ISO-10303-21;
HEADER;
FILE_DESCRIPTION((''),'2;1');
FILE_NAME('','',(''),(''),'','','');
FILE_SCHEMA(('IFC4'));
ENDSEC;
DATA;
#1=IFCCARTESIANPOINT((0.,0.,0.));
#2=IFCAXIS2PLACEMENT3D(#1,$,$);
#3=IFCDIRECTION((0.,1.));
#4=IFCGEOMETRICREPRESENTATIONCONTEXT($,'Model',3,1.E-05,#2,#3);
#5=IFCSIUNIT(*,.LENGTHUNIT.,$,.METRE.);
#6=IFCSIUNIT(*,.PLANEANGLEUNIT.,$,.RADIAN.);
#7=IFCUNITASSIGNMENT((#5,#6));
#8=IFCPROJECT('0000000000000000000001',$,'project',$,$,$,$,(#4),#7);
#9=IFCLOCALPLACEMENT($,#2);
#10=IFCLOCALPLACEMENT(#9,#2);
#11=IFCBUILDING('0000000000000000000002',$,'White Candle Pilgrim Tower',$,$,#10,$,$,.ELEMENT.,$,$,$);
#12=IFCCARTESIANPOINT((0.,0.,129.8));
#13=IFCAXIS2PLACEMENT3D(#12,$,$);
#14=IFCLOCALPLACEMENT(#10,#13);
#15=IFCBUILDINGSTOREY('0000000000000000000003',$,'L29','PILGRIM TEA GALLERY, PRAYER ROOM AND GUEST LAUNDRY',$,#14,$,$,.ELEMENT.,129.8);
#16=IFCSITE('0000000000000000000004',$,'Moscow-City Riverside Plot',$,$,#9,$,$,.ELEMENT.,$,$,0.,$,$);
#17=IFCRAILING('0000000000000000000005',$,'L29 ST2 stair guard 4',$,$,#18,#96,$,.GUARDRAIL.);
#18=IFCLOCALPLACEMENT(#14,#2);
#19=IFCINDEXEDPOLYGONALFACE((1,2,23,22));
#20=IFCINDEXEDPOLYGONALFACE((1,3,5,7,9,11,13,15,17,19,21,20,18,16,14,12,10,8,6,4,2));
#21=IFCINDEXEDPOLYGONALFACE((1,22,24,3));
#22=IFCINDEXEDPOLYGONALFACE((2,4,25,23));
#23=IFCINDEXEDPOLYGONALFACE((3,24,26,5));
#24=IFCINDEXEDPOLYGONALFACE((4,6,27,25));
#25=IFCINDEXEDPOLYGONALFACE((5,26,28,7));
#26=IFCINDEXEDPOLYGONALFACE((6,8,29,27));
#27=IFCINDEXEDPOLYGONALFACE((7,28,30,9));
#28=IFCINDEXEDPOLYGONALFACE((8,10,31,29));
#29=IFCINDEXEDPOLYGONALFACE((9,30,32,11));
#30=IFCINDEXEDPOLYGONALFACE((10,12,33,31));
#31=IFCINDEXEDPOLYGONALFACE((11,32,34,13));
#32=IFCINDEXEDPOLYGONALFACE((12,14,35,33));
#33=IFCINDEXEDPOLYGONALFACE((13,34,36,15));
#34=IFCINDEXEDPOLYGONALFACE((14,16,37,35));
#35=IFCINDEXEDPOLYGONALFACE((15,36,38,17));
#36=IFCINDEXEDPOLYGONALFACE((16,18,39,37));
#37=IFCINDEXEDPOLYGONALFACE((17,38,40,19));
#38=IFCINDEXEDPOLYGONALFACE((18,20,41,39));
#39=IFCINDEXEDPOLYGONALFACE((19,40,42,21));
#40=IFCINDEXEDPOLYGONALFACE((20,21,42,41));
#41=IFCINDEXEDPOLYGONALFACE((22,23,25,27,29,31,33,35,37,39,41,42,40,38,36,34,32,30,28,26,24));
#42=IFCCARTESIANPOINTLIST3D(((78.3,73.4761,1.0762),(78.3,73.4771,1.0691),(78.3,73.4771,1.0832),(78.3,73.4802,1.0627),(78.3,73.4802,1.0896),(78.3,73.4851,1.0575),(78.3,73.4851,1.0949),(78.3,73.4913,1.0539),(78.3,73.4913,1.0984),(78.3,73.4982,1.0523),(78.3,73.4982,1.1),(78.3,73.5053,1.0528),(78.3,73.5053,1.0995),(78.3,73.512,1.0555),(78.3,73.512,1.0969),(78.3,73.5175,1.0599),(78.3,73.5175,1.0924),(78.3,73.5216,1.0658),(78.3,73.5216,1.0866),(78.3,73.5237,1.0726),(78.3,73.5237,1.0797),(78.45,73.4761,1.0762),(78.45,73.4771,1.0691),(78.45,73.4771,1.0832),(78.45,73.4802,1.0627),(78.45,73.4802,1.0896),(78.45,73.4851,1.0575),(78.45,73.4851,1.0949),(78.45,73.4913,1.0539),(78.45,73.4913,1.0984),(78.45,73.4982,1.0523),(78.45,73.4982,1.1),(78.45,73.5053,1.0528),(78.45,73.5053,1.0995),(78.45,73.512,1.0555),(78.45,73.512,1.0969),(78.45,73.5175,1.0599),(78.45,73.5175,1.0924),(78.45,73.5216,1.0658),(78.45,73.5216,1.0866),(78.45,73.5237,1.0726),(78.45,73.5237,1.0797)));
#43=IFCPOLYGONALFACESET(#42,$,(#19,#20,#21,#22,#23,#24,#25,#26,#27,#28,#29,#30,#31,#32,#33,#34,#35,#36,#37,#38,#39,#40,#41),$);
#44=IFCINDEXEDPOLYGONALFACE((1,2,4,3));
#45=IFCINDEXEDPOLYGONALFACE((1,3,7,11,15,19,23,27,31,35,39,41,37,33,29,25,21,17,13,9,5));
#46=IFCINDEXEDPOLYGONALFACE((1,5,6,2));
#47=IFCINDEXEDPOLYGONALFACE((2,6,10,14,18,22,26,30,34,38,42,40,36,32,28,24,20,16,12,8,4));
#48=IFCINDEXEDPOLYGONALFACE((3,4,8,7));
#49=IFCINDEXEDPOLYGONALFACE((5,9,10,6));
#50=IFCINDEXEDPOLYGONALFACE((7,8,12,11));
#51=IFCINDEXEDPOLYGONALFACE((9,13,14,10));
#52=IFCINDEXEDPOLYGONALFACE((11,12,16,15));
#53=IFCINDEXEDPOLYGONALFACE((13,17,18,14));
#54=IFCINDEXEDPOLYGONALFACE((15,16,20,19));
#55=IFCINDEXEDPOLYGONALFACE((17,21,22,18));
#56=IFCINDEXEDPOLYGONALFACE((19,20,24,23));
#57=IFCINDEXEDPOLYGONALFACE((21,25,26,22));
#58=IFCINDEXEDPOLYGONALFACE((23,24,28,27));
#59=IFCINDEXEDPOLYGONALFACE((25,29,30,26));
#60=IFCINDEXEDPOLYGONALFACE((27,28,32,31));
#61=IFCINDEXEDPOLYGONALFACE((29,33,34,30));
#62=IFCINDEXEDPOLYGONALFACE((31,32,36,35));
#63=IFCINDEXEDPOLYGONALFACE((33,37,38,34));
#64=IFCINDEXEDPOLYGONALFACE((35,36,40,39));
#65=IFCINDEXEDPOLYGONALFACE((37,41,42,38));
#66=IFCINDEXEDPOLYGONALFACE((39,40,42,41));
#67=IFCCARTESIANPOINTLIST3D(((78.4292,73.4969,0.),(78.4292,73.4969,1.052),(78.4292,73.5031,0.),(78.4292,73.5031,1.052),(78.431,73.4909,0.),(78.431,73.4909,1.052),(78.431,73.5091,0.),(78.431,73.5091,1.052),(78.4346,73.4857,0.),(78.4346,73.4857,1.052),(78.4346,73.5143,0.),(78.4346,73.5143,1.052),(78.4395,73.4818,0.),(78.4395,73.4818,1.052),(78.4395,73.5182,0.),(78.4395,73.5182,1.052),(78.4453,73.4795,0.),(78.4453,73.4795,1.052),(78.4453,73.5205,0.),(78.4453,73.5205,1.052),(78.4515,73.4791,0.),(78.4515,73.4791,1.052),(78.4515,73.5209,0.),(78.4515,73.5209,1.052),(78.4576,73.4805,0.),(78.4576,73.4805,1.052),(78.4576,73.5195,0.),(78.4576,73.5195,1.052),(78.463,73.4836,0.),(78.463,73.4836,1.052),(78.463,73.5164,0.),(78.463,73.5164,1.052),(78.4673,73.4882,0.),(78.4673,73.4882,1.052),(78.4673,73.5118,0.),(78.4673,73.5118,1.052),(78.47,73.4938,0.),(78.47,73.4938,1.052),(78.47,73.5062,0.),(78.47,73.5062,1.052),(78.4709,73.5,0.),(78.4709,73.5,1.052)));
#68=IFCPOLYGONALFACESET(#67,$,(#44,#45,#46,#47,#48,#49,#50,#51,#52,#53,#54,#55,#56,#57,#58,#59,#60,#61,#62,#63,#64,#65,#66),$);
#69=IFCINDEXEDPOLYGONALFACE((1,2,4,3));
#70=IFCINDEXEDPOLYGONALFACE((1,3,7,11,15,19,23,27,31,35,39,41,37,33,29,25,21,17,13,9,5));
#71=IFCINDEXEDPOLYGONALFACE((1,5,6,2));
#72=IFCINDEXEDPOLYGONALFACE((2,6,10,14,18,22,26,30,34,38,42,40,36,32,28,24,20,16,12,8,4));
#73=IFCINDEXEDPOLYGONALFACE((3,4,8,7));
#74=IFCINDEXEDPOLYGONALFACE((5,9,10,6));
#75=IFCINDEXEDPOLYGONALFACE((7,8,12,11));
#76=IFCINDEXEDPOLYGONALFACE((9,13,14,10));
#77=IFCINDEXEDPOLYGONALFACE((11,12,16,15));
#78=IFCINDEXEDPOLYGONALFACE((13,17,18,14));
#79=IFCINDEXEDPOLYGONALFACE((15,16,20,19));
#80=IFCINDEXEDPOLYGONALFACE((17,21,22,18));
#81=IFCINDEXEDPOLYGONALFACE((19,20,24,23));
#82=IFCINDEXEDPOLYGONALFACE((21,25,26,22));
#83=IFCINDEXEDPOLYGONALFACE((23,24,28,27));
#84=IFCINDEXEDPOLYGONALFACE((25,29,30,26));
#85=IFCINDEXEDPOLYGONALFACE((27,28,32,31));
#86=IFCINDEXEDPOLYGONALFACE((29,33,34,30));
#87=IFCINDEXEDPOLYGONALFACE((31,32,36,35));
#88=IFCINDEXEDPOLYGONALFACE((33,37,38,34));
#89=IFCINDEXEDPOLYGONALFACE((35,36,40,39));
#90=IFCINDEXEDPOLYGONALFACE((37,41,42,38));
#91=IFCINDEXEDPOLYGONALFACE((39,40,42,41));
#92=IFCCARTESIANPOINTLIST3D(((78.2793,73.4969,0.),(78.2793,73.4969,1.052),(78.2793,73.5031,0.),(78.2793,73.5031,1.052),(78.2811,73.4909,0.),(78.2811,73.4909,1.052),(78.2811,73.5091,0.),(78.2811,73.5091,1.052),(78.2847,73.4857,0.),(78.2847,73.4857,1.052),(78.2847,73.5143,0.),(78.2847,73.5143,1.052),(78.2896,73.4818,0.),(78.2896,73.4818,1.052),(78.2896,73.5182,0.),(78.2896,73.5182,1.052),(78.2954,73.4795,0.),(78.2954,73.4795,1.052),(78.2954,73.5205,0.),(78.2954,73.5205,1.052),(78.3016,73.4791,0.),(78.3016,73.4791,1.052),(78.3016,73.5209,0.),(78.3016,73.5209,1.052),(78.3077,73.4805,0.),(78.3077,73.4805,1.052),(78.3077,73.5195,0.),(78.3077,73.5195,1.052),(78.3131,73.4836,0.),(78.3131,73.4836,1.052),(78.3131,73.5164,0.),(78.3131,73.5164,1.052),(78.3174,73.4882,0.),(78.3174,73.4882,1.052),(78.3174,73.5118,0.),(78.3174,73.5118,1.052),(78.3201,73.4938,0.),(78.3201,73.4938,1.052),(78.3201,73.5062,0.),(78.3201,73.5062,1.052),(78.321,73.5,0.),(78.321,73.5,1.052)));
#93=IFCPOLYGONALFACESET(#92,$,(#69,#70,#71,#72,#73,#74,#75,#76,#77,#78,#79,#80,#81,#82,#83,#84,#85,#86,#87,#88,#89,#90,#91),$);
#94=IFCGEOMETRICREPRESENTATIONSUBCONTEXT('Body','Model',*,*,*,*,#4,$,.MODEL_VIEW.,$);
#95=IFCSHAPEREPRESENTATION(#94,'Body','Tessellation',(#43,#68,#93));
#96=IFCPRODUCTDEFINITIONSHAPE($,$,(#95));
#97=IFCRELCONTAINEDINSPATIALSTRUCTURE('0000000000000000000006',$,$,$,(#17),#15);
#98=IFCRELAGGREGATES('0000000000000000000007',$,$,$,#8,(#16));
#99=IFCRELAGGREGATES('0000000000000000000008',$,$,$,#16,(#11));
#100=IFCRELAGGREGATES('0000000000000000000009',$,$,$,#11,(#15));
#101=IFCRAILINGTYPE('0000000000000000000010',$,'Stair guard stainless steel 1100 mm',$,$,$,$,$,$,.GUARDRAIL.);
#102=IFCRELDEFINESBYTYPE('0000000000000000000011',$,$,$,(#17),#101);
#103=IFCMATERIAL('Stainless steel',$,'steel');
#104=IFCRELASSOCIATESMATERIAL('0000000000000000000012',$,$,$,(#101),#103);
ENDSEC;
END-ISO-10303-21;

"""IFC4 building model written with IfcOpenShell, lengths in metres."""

from ifc_helpers import new_model, si_unit, direction, frame, origin, origin_2d, place, context, subcontext, project, spatial, circle, extrude, material, type_object, element, save


model = new_model("IFC4")

# Units and contexts
model_context = context("Model", 3, precision=1e-05, world=origin(), true_north=direction((0.0, 1.0)))
body_context = subcontext(model_context, "Body", "Model", "MODEL_VIEW")
ifc_project = project(units=[si_unit("LENGTHUNIT", "METRE"), si_unit("PLANEANGLEUNIT", "RADIAN")], contexts=[model_context])

# Site, building, storey
site_placement = place(None, origin())
site = spatial("IfcSite", under=ifc_project, at=site_placement, Name="Moscow-City Riverside Plot", CompositionType="ELEMENT", RefElevation=0.0)
building_placement = place(site_placement, origin())
building = spatial("IfcBuilding", under=site, at=building_placement, Name="White Candle Pilgrim Tower", CompositionType="ELEMENT")
storey_placement = place(building_placement, frame((0.0, 0.0, 129.8)))
storey = spatial("IfcBuildingStorey", under=building, at=storey_placement, Name="L29", Description="PILGRIM TEA GALLERY, PRAYER ROOM AND GUEST LAUNDRY", CompositionType="ELEMENT", Elevation=129.8)

# Railing
ifc_material_1 = material(Name="Stainless steel", Category="steel")
railing_type_1 = type_object("IfcRailingType", Name="Stair guard stainless steel 1100 mm", PredefinedType="GUARDRAIL", material=ifc_material_1)
railing_1_placement = place(storey_placement, frame((78.45, 73.5, 0.0)))
element("IfcRailing", 1, at=railing_1_placement, inside=storey, type_object=railing_type_1, Name="L29 ST2 stair guard 4", PredefinedType="GUARDRAIL", context=body_context, shape_type="SweptSolid", body=[
    extrude(circle(Radius=0.0239, at=origin_2d()), frame((0.0, 0.0, 1.0762), z_axis=(-1.0, 0.0, 0.0), x_axis=(0.0, -1.0, 0.0)), (0.0, 0.0, 1.0), 0.1499),
    extrude(circle(Radius=0.021, at=origin_2d()), origin(), (0.0, 0.0, 1.0), 1.052),
    extrude(circle(Radius=0.021, at=origin_2d()), frame((-0.1499, 0.0, 0.0)), (0.0, 0.0, 1.0), 1.052),
])

save(model, "model.ifc")
